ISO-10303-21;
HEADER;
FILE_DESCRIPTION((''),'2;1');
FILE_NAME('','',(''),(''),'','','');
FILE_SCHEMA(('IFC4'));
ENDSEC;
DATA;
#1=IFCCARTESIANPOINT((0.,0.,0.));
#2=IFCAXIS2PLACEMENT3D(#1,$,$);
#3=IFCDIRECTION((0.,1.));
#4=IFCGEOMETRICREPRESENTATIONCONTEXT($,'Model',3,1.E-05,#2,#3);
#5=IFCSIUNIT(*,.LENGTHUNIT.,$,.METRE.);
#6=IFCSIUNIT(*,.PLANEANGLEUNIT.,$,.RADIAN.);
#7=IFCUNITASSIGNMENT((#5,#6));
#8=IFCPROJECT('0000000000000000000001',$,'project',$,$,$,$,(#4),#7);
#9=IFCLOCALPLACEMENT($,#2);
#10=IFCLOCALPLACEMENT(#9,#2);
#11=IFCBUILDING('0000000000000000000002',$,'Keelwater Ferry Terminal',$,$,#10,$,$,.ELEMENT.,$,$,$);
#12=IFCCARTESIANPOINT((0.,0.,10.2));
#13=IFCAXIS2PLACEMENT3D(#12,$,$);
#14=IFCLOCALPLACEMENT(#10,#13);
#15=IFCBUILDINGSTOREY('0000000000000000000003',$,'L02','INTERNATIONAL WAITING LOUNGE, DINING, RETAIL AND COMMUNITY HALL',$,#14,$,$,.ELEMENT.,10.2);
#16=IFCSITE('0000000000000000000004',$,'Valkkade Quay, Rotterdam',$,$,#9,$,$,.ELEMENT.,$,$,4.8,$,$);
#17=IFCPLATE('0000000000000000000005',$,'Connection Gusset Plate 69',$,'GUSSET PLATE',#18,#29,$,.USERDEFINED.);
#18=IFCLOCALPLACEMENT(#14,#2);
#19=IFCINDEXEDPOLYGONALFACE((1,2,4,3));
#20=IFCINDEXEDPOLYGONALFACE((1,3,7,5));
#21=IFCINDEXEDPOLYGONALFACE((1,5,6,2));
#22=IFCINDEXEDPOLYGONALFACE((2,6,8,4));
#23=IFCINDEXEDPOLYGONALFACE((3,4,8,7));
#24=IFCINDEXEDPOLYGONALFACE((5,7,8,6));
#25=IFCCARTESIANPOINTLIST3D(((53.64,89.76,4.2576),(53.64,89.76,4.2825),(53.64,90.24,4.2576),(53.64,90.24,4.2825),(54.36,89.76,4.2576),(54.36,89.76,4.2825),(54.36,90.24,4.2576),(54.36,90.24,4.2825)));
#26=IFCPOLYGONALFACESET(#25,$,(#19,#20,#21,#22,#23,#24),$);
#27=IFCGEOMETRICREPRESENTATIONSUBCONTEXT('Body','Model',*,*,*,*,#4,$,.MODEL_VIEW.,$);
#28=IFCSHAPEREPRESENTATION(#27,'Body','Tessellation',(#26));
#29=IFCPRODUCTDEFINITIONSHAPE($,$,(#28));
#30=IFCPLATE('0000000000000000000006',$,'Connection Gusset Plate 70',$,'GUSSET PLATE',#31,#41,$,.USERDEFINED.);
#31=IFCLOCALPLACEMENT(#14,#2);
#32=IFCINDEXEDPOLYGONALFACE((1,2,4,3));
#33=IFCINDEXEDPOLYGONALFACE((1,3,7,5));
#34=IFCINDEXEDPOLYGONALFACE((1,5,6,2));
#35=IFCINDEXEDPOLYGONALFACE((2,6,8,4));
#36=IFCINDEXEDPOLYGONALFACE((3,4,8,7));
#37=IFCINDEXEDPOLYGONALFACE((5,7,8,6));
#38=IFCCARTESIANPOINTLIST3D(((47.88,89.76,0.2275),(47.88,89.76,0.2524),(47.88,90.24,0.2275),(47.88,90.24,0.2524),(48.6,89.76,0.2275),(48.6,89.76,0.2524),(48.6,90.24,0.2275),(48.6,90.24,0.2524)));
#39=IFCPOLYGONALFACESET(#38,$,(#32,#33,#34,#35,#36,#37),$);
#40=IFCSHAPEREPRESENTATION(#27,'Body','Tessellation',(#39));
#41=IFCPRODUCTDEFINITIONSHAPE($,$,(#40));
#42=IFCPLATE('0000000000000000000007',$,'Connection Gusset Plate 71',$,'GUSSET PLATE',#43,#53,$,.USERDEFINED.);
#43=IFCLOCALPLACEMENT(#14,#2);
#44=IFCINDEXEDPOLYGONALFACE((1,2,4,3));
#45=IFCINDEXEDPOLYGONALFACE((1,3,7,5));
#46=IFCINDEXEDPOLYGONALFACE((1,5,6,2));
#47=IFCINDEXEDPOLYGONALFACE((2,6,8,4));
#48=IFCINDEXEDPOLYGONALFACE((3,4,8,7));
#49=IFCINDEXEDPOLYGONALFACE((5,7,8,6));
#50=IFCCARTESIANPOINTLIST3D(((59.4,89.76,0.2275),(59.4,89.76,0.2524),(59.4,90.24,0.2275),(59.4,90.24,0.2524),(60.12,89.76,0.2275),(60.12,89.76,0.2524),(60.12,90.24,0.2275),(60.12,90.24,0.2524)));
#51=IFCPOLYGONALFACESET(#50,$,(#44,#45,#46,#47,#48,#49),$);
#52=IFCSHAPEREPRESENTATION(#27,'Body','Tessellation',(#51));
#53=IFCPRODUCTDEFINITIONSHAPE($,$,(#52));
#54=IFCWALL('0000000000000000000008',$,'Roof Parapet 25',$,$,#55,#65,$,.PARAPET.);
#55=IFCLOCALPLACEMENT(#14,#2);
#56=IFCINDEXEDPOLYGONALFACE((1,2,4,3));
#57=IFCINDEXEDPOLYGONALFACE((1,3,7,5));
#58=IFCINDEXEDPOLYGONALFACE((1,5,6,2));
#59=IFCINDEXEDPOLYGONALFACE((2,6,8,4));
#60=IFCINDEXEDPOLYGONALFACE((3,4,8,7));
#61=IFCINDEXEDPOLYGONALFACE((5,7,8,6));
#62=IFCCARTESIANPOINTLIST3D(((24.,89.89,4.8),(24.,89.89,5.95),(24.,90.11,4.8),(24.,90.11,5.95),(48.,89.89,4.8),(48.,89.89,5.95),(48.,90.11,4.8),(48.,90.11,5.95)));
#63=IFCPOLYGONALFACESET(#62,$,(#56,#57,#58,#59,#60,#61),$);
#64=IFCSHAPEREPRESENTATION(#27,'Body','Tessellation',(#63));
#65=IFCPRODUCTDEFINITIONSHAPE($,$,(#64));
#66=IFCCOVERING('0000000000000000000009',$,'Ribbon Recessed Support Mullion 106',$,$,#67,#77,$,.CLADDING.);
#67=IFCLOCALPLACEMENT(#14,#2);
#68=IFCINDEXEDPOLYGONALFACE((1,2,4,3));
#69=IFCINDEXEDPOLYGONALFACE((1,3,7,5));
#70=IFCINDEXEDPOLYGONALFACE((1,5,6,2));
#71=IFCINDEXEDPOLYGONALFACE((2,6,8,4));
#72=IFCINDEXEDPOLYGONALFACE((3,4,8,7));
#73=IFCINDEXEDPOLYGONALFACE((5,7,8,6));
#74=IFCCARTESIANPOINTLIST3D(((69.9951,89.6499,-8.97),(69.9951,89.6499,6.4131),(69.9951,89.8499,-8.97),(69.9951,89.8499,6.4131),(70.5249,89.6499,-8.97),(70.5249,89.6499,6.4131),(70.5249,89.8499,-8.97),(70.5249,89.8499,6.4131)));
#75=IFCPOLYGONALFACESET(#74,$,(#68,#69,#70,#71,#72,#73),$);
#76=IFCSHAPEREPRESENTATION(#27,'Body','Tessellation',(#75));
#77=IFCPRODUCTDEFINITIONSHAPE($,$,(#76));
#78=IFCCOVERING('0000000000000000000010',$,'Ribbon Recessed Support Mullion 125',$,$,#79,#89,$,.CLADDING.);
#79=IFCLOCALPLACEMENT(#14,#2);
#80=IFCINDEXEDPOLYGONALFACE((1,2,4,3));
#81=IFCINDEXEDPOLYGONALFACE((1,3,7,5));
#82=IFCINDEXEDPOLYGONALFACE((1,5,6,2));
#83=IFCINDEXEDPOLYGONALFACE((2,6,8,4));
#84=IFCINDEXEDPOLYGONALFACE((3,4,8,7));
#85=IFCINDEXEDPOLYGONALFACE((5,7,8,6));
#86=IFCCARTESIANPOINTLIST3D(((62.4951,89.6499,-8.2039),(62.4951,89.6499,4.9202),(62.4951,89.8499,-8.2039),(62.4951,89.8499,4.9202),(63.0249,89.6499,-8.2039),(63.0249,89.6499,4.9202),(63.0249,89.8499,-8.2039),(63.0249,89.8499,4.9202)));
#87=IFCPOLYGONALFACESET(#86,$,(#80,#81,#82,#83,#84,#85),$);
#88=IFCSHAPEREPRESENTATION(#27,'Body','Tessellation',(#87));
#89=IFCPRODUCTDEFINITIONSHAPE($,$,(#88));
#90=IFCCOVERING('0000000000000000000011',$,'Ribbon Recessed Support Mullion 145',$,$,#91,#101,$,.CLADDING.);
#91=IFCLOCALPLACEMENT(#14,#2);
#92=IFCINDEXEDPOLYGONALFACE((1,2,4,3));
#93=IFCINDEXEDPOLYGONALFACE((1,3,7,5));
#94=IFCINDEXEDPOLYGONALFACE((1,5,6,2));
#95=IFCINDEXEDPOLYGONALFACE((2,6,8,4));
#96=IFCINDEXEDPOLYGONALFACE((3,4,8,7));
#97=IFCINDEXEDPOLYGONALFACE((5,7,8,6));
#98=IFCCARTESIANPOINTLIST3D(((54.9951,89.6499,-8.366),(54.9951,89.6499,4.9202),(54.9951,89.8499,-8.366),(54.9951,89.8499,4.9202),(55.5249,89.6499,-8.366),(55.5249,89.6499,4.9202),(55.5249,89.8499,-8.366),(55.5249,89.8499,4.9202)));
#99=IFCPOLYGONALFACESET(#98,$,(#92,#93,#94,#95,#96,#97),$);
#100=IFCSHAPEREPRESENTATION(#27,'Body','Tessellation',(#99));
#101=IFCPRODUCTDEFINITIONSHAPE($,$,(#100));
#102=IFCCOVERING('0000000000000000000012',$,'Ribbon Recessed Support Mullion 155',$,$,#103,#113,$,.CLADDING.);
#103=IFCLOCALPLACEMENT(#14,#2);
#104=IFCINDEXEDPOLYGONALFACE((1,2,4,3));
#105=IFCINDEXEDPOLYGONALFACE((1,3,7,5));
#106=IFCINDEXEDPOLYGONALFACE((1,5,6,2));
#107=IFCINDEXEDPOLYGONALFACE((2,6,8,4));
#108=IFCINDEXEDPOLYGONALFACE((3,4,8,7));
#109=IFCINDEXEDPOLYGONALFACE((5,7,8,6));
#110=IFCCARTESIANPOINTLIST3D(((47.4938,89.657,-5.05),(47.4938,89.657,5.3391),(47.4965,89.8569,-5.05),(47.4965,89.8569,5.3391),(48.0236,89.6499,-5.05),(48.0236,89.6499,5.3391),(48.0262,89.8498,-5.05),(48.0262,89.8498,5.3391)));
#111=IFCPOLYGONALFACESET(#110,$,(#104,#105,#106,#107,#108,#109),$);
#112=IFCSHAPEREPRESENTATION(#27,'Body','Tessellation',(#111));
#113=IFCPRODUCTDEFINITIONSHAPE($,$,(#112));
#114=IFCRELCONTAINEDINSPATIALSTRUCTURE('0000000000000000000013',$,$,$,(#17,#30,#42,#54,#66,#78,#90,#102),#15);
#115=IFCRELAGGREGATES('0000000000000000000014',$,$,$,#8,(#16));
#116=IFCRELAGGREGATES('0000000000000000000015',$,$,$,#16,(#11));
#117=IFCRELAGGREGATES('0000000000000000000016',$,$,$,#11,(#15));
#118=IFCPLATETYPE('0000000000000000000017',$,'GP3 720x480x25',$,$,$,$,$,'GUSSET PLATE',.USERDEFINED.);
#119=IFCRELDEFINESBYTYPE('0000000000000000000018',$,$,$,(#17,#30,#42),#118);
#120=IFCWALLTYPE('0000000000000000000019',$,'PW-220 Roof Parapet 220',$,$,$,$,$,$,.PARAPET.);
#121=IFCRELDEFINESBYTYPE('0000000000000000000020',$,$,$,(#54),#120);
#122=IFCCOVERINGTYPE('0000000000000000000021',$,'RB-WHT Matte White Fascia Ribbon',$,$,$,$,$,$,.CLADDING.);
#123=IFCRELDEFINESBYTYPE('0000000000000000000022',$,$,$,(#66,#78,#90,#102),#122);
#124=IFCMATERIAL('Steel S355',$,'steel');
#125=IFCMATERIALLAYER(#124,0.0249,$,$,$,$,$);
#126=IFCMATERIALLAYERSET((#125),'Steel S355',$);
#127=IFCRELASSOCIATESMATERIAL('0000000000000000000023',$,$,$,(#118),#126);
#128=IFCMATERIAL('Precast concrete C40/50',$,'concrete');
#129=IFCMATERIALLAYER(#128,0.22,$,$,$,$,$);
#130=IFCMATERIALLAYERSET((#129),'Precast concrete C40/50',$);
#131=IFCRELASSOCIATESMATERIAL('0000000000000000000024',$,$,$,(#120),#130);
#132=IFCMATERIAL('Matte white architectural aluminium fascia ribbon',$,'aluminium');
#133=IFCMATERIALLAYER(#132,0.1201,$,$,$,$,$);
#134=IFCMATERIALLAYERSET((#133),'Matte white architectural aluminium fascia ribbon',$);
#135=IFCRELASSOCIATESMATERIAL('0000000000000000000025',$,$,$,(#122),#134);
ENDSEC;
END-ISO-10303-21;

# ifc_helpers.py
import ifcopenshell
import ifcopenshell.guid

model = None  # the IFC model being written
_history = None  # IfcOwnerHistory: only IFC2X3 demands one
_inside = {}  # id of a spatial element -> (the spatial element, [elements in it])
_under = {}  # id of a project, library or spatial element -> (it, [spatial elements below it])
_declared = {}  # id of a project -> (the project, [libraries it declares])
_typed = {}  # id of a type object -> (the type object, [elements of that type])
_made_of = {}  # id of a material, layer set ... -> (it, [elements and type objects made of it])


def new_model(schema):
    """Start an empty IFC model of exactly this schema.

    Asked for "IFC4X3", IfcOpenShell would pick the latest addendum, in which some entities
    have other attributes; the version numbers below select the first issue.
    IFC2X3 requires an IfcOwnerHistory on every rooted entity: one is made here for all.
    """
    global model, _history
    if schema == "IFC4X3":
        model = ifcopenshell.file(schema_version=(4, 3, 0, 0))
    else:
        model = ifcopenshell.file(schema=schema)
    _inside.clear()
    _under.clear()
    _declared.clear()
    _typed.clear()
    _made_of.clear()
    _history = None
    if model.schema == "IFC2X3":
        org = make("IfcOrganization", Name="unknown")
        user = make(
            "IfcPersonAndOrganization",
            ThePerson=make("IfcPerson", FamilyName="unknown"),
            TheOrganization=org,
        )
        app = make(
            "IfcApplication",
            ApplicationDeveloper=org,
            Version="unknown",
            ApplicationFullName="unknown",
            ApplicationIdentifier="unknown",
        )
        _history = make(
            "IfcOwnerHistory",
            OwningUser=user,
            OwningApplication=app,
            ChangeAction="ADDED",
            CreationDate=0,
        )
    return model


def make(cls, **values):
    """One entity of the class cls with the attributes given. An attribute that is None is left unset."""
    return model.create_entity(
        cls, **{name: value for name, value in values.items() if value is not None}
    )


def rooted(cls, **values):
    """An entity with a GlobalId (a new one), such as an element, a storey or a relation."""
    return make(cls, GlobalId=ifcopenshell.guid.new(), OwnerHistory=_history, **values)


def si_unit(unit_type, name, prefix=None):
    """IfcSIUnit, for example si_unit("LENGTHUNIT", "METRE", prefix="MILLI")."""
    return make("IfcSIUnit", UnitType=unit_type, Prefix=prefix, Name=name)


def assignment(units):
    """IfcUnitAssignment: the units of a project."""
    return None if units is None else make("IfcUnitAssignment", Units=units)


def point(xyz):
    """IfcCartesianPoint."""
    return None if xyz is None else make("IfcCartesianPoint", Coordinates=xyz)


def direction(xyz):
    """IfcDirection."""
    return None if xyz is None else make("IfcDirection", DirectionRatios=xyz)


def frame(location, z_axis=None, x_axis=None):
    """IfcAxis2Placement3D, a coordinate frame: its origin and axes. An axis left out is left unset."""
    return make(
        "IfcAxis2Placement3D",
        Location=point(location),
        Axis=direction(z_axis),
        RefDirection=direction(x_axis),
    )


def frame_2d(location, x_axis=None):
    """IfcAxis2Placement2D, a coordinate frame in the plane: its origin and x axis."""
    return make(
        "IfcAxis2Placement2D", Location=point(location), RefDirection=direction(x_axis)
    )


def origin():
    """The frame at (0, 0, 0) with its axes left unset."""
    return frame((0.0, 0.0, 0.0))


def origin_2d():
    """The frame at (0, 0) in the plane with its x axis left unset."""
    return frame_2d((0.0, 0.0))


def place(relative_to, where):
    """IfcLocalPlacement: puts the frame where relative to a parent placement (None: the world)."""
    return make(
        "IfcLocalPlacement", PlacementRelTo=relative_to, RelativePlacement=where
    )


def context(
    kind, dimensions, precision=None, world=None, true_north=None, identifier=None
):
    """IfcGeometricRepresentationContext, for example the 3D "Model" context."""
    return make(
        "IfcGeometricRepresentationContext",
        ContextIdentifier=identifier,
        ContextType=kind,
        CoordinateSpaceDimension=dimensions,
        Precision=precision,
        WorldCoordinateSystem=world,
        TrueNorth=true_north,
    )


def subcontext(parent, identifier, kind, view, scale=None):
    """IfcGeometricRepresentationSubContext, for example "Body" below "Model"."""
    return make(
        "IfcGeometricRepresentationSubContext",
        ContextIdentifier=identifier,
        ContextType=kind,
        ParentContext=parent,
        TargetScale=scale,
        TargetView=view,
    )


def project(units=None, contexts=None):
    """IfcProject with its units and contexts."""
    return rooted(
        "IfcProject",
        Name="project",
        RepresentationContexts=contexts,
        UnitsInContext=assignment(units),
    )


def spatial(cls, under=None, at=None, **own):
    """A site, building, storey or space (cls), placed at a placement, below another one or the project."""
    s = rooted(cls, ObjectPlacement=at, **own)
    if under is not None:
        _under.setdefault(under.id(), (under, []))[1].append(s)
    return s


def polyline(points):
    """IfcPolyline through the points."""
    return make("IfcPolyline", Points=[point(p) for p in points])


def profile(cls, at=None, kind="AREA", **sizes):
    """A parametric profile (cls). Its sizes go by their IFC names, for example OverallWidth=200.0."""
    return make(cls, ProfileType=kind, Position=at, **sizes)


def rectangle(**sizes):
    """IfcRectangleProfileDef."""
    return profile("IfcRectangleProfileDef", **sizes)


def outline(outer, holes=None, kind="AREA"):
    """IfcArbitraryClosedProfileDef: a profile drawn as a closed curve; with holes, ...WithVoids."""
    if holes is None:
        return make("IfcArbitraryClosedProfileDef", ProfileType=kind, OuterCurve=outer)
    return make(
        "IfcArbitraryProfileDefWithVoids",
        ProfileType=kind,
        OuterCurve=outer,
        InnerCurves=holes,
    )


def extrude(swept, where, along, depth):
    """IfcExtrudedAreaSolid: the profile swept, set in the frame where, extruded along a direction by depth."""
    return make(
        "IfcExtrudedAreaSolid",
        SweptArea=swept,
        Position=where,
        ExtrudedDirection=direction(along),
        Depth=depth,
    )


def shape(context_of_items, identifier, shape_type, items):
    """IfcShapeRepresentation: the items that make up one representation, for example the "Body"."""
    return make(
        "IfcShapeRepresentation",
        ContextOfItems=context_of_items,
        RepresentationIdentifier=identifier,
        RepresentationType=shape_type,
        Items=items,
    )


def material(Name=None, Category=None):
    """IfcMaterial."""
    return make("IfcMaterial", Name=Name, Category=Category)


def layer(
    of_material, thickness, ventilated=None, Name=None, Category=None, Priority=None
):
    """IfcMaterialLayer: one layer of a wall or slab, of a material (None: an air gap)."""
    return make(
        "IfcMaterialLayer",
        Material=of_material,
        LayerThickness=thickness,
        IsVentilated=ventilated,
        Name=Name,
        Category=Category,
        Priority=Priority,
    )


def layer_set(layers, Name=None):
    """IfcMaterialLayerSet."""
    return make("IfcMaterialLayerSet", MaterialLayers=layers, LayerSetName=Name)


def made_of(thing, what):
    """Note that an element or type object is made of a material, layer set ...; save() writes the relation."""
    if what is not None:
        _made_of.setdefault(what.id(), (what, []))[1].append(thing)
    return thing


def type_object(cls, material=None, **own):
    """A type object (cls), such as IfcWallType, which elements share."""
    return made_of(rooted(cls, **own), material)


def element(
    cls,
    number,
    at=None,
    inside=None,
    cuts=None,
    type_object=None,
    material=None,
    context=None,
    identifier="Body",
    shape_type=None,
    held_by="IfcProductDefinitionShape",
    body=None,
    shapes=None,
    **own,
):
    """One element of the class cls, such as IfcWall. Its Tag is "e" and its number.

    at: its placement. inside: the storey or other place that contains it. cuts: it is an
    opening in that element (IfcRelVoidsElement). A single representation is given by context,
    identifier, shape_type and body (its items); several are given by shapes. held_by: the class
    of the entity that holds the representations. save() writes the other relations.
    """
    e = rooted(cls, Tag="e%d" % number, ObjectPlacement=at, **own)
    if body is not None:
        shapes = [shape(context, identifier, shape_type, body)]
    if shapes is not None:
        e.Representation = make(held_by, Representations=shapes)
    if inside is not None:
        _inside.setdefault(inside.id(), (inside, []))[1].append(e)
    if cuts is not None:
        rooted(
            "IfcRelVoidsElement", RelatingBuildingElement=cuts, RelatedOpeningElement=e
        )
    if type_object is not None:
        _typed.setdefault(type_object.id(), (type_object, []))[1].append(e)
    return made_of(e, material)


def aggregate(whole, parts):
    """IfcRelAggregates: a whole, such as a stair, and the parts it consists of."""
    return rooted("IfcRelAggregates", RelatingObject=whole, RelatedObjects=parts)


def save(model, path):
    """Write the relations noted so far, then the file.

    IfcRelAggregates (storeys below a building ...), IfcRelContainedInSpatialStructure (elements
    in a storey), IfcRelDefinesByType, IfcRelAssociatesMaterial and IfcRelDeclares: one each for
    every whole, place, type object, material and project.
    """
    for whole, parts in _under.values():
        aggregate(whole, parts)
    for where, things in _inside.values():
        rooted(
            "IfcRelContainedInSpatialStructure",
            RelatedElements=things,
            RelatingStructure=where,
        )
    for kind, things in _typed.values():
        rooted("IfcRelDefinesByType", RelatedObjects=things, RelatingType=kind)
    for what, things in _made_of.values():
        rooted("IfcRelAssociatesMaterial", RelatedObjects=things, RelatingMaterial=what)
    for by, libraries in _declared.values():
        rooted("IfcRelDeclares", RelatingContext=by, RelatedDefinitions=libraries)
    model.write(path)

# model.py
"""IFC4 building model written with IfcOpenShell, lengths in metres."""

from ifc_helpers import new_model, si_unit, direction, frame, frame_2d, origin, origin_2d, place, context, subcontext, project, spatial, polyline, rectangle, outline, extrude, material, layer, layer_set, type_object, element, save


model = new_model("IFC4")

# Units and contexts
model_context = context("Model", 3, precision=1e-05, world=origin(), true_north=direction((0.0, 1.0)))
body_context = subcontext(model_context, "Body", "Model", "MODEL_VIEW")
ifc_project = project(units=[si_unit("LENGTHUNIT", "METRE"), si_unit("PLANEANGLEUNIT", "RADIAN")], contexts=[model_context])

# Site, building, storey
site_placement = place(None, origin())
site = spatial("IfcSite", under=ifc_project, at=site_placement, Name="Valkkade Quay, Rotterdam", CompositionType="ELEMENT", RefElevation=4.8)
building_placement = place(site_placement, origin())
building = spatial("IfcBuilding", under=site, at=building_placement, Name="Keelwater Ferry Terminal", CompositionType="ELEMENT")
storey_placement = place(building_placement, frame((0.0, 0.0, 10.2)))
storey = spatial("IfcBuildingStorey", under=building, at=storey_placement, Name="L02", Description="INTERNATIONAL WAITING LOUNGE, DINING, RETAIL AND COMMUNITY HALL", CompositionType="ELEMENT", Elevation=10.2)

# Plates
ifc_material_1 = material(Name="Steel S355", Category="steel")
ifc_layer_1 = layer(ifc_material_1, 0.0249)
ifc_layer_set_1 = layer_set([ifc_layer_1], Name="Steel S355")
plate_type_1 = type_object("IfcPlateType", Name="GP3 720x480x25", ElementType="GUSSET PLATE", PredefinedType="USERDEFINED", material=ifc_layer_set_1)
for number, where, z_axis, x_axis, name in (
    (1, (54.0, 90.0, 4.2576), (0.0, 0.0, 1.0), (1.0, 0.0, 0.0), "Connection Gusset Plate 69"),
    (2, (48.24, 90.0, 0.2275), (0.0, 0.0, 1.0), (1.0, 0.0, 0.0), "Connection Gusset Plate 70"),
    (3, (59.76, 90.0, 0.2275), (0.0, 0.0, 1.0), (1.0, 0.0, 0.0), "Connection Gusset Plate 71"),
):
    element("IfcPlate", number, at=place(storey_placement, frame(where, z_axis=z_axis, x_axis=x_axis)), inside=storey, type_object=plate_type_1, Name=name, ObjectType="GUSSET PLATE", PredefinedType="USERDEFINED", context=body_context, shape_type="SweptSolid", body=[
        extrude(rectangle(XDim=0.72, YDim=0.48, at=origin_2d()), origin(), (0.0, 0.0, 1.0), 0.0249),
    ])

# Wall
ifc_material_2 = material(Name="Precast concrete C40/50", Category="concrete")
ifc_layer_2 = layer(ifc_material_2, 0.22)
ifc_layer_set_2 = layer_set([ifc_layer_2], Name="Precast concrete C40/50")
wall_type = type_object("IfcWallType", Name="PW-220 Roof Parapet 220", PredefinedType="PARAPET", material=ifc_layer_set_2)
wall_placement = place(storey_placement, frame((48.0, 90.0, 4.8), z_axis=(0.0, 0.0, 1.0), x_axis=(-1.0, 0.0, 0.0)))
element("IfcWall", 4, at=wall_placement, inside=storey, type_object=wall_type, Name="Roof Parapet 25", PredefinedType="PARAPET", context=body_context, shape_type="SweptSolid", body=[
    extrude(rectangle(XDim=24.0, YDim=0.22, at=frame_2d((12.0, 0.0))), origin(), (0.0, 0.0, 1.0), 1.1499),
])

# Coverings
ifc_material_3 = material(Name="Matte white architectural aluminium fascia ribbon", Category="aluminium")
ifc_layer_3 = layer(ifc_material_3, 0.1201)
ifc_layer_set_3 = layer_set([ifc_layer_3], Name="Matte white architectural aluminium fascia ribbon")
covering_type = type_object("IfcCoveringType", Name="RB-WHT Matte White Fascia Ribbon", PredefinedType="CLADDING", material=ifc_layer_set_3)
covering_1_placement = place(storey_placement, frame((70.5249, 89.75, -8.97), z_axis=(0.0, 0.0, 1.0), x_axis=(-1.0, 0.0, 0.0)))
element("IfcCovering", 5, at=covering_1_placement, inside=storey, type_object=covering_type, Name="Ribbon Recessed Support Mullion 106", PredefinedType="CLADDING", context=body_context, shape_type="SweptSolid", body=[
    extrude(outline(polyline([(0.0, 0.0), (0.5298, 0.0), (0.5298, 15.3831), (0.0, 15.3831), (0.0, 0.0)])), frame((0.0, 0.1001, 0.0), z_axis=(0.0, -1.0, 0.0), x_axis=(1.0, 0.0, 0.0)), (0.0, 0.0, 1.0), 0.2),
])
covering_2_placement = place(storey_placement, frame((63.0249, 89.75, -8.2039), z_axis=(0.0, 0.0, 1.0), x_axis=(-1.0, 0.0, 0.0)))
element("IfcCovering", 6, at=covering_2_placement, inside=storey, type_object=covering_type, Name="Ribbon Recessed Support Mullion 125", PredefinedType="CLADDING", context=body_context, shape_type="SweptSolid", body=[
    extrude(outline(polyline([(0.0, 0.0), (0.5298, 0.0), (0.5298, 13.124), (0.0, 13.124), (0.0, 0.0)])), frame((0.0, 0.1001, 0.0), z_axis=(0.0, -1.0, 0.0), x_axis=(1.0, 0.0, 0.0)), (0.0, 0.0, 1.0), 0.2),
])
covering_3_placement = place(storey_placement, frame((55.5249, 89.75, -8.366), z_axis=(0.0, 0.0, 1.0), x_axis=(-1.0, 0.0, 0.0)))
element("IfcCovering", 7, at=covering_3_placement, inside=storey, type_object=covering_type, Name="Ribbon Recessed Support Mullion 145", PredefinedType="CLADDING", context=body_context, shape_type="SweptSolid", body=[
    extrude(outline(polyline([(0.0, 0.0), (0.5298, 0.0), (0.5298, 13.2861), (0.0, 13.2861), (0.0, 0.0)])), frame((0.0, 0.1001, 0.0), z_axis=(0.0, -1.0, 0.0), x_axis=(1.0, 0.0, 0.0)), (0.0, 0.0, 1.0), 0.2),
])
covering_4_placement = place(storey_placement, frame((48.0249, 89.75, -5.05), z_axis=(0.0, 0.0, 1.0), x_axis=(-0.999911, 0.013363, 0.0)))
element("IfcCovering", 8, at=covering_4_placement, inside=storey, type_object=covering_type, Name="Ribbon Recessed Support Mullion 155", PredefinedType="CLADDING", context=body_context, shape_type="SweptSolid", body=[
    extrude(outline(polyline([(0.0, 0.0), (0.5298, 0.0), (0.5298, 10.3892), (0.0, 10.3892), (0.0, 0.0)])), frame((0.0, 0.1001, 0.0), z_axis=(0.0, -1.0, 0.0), x_axis=(1.0, 0.0, 0.0)), (0.0, 0.0, 1.0), 0.2),
])

save(model, "model.ifc")
